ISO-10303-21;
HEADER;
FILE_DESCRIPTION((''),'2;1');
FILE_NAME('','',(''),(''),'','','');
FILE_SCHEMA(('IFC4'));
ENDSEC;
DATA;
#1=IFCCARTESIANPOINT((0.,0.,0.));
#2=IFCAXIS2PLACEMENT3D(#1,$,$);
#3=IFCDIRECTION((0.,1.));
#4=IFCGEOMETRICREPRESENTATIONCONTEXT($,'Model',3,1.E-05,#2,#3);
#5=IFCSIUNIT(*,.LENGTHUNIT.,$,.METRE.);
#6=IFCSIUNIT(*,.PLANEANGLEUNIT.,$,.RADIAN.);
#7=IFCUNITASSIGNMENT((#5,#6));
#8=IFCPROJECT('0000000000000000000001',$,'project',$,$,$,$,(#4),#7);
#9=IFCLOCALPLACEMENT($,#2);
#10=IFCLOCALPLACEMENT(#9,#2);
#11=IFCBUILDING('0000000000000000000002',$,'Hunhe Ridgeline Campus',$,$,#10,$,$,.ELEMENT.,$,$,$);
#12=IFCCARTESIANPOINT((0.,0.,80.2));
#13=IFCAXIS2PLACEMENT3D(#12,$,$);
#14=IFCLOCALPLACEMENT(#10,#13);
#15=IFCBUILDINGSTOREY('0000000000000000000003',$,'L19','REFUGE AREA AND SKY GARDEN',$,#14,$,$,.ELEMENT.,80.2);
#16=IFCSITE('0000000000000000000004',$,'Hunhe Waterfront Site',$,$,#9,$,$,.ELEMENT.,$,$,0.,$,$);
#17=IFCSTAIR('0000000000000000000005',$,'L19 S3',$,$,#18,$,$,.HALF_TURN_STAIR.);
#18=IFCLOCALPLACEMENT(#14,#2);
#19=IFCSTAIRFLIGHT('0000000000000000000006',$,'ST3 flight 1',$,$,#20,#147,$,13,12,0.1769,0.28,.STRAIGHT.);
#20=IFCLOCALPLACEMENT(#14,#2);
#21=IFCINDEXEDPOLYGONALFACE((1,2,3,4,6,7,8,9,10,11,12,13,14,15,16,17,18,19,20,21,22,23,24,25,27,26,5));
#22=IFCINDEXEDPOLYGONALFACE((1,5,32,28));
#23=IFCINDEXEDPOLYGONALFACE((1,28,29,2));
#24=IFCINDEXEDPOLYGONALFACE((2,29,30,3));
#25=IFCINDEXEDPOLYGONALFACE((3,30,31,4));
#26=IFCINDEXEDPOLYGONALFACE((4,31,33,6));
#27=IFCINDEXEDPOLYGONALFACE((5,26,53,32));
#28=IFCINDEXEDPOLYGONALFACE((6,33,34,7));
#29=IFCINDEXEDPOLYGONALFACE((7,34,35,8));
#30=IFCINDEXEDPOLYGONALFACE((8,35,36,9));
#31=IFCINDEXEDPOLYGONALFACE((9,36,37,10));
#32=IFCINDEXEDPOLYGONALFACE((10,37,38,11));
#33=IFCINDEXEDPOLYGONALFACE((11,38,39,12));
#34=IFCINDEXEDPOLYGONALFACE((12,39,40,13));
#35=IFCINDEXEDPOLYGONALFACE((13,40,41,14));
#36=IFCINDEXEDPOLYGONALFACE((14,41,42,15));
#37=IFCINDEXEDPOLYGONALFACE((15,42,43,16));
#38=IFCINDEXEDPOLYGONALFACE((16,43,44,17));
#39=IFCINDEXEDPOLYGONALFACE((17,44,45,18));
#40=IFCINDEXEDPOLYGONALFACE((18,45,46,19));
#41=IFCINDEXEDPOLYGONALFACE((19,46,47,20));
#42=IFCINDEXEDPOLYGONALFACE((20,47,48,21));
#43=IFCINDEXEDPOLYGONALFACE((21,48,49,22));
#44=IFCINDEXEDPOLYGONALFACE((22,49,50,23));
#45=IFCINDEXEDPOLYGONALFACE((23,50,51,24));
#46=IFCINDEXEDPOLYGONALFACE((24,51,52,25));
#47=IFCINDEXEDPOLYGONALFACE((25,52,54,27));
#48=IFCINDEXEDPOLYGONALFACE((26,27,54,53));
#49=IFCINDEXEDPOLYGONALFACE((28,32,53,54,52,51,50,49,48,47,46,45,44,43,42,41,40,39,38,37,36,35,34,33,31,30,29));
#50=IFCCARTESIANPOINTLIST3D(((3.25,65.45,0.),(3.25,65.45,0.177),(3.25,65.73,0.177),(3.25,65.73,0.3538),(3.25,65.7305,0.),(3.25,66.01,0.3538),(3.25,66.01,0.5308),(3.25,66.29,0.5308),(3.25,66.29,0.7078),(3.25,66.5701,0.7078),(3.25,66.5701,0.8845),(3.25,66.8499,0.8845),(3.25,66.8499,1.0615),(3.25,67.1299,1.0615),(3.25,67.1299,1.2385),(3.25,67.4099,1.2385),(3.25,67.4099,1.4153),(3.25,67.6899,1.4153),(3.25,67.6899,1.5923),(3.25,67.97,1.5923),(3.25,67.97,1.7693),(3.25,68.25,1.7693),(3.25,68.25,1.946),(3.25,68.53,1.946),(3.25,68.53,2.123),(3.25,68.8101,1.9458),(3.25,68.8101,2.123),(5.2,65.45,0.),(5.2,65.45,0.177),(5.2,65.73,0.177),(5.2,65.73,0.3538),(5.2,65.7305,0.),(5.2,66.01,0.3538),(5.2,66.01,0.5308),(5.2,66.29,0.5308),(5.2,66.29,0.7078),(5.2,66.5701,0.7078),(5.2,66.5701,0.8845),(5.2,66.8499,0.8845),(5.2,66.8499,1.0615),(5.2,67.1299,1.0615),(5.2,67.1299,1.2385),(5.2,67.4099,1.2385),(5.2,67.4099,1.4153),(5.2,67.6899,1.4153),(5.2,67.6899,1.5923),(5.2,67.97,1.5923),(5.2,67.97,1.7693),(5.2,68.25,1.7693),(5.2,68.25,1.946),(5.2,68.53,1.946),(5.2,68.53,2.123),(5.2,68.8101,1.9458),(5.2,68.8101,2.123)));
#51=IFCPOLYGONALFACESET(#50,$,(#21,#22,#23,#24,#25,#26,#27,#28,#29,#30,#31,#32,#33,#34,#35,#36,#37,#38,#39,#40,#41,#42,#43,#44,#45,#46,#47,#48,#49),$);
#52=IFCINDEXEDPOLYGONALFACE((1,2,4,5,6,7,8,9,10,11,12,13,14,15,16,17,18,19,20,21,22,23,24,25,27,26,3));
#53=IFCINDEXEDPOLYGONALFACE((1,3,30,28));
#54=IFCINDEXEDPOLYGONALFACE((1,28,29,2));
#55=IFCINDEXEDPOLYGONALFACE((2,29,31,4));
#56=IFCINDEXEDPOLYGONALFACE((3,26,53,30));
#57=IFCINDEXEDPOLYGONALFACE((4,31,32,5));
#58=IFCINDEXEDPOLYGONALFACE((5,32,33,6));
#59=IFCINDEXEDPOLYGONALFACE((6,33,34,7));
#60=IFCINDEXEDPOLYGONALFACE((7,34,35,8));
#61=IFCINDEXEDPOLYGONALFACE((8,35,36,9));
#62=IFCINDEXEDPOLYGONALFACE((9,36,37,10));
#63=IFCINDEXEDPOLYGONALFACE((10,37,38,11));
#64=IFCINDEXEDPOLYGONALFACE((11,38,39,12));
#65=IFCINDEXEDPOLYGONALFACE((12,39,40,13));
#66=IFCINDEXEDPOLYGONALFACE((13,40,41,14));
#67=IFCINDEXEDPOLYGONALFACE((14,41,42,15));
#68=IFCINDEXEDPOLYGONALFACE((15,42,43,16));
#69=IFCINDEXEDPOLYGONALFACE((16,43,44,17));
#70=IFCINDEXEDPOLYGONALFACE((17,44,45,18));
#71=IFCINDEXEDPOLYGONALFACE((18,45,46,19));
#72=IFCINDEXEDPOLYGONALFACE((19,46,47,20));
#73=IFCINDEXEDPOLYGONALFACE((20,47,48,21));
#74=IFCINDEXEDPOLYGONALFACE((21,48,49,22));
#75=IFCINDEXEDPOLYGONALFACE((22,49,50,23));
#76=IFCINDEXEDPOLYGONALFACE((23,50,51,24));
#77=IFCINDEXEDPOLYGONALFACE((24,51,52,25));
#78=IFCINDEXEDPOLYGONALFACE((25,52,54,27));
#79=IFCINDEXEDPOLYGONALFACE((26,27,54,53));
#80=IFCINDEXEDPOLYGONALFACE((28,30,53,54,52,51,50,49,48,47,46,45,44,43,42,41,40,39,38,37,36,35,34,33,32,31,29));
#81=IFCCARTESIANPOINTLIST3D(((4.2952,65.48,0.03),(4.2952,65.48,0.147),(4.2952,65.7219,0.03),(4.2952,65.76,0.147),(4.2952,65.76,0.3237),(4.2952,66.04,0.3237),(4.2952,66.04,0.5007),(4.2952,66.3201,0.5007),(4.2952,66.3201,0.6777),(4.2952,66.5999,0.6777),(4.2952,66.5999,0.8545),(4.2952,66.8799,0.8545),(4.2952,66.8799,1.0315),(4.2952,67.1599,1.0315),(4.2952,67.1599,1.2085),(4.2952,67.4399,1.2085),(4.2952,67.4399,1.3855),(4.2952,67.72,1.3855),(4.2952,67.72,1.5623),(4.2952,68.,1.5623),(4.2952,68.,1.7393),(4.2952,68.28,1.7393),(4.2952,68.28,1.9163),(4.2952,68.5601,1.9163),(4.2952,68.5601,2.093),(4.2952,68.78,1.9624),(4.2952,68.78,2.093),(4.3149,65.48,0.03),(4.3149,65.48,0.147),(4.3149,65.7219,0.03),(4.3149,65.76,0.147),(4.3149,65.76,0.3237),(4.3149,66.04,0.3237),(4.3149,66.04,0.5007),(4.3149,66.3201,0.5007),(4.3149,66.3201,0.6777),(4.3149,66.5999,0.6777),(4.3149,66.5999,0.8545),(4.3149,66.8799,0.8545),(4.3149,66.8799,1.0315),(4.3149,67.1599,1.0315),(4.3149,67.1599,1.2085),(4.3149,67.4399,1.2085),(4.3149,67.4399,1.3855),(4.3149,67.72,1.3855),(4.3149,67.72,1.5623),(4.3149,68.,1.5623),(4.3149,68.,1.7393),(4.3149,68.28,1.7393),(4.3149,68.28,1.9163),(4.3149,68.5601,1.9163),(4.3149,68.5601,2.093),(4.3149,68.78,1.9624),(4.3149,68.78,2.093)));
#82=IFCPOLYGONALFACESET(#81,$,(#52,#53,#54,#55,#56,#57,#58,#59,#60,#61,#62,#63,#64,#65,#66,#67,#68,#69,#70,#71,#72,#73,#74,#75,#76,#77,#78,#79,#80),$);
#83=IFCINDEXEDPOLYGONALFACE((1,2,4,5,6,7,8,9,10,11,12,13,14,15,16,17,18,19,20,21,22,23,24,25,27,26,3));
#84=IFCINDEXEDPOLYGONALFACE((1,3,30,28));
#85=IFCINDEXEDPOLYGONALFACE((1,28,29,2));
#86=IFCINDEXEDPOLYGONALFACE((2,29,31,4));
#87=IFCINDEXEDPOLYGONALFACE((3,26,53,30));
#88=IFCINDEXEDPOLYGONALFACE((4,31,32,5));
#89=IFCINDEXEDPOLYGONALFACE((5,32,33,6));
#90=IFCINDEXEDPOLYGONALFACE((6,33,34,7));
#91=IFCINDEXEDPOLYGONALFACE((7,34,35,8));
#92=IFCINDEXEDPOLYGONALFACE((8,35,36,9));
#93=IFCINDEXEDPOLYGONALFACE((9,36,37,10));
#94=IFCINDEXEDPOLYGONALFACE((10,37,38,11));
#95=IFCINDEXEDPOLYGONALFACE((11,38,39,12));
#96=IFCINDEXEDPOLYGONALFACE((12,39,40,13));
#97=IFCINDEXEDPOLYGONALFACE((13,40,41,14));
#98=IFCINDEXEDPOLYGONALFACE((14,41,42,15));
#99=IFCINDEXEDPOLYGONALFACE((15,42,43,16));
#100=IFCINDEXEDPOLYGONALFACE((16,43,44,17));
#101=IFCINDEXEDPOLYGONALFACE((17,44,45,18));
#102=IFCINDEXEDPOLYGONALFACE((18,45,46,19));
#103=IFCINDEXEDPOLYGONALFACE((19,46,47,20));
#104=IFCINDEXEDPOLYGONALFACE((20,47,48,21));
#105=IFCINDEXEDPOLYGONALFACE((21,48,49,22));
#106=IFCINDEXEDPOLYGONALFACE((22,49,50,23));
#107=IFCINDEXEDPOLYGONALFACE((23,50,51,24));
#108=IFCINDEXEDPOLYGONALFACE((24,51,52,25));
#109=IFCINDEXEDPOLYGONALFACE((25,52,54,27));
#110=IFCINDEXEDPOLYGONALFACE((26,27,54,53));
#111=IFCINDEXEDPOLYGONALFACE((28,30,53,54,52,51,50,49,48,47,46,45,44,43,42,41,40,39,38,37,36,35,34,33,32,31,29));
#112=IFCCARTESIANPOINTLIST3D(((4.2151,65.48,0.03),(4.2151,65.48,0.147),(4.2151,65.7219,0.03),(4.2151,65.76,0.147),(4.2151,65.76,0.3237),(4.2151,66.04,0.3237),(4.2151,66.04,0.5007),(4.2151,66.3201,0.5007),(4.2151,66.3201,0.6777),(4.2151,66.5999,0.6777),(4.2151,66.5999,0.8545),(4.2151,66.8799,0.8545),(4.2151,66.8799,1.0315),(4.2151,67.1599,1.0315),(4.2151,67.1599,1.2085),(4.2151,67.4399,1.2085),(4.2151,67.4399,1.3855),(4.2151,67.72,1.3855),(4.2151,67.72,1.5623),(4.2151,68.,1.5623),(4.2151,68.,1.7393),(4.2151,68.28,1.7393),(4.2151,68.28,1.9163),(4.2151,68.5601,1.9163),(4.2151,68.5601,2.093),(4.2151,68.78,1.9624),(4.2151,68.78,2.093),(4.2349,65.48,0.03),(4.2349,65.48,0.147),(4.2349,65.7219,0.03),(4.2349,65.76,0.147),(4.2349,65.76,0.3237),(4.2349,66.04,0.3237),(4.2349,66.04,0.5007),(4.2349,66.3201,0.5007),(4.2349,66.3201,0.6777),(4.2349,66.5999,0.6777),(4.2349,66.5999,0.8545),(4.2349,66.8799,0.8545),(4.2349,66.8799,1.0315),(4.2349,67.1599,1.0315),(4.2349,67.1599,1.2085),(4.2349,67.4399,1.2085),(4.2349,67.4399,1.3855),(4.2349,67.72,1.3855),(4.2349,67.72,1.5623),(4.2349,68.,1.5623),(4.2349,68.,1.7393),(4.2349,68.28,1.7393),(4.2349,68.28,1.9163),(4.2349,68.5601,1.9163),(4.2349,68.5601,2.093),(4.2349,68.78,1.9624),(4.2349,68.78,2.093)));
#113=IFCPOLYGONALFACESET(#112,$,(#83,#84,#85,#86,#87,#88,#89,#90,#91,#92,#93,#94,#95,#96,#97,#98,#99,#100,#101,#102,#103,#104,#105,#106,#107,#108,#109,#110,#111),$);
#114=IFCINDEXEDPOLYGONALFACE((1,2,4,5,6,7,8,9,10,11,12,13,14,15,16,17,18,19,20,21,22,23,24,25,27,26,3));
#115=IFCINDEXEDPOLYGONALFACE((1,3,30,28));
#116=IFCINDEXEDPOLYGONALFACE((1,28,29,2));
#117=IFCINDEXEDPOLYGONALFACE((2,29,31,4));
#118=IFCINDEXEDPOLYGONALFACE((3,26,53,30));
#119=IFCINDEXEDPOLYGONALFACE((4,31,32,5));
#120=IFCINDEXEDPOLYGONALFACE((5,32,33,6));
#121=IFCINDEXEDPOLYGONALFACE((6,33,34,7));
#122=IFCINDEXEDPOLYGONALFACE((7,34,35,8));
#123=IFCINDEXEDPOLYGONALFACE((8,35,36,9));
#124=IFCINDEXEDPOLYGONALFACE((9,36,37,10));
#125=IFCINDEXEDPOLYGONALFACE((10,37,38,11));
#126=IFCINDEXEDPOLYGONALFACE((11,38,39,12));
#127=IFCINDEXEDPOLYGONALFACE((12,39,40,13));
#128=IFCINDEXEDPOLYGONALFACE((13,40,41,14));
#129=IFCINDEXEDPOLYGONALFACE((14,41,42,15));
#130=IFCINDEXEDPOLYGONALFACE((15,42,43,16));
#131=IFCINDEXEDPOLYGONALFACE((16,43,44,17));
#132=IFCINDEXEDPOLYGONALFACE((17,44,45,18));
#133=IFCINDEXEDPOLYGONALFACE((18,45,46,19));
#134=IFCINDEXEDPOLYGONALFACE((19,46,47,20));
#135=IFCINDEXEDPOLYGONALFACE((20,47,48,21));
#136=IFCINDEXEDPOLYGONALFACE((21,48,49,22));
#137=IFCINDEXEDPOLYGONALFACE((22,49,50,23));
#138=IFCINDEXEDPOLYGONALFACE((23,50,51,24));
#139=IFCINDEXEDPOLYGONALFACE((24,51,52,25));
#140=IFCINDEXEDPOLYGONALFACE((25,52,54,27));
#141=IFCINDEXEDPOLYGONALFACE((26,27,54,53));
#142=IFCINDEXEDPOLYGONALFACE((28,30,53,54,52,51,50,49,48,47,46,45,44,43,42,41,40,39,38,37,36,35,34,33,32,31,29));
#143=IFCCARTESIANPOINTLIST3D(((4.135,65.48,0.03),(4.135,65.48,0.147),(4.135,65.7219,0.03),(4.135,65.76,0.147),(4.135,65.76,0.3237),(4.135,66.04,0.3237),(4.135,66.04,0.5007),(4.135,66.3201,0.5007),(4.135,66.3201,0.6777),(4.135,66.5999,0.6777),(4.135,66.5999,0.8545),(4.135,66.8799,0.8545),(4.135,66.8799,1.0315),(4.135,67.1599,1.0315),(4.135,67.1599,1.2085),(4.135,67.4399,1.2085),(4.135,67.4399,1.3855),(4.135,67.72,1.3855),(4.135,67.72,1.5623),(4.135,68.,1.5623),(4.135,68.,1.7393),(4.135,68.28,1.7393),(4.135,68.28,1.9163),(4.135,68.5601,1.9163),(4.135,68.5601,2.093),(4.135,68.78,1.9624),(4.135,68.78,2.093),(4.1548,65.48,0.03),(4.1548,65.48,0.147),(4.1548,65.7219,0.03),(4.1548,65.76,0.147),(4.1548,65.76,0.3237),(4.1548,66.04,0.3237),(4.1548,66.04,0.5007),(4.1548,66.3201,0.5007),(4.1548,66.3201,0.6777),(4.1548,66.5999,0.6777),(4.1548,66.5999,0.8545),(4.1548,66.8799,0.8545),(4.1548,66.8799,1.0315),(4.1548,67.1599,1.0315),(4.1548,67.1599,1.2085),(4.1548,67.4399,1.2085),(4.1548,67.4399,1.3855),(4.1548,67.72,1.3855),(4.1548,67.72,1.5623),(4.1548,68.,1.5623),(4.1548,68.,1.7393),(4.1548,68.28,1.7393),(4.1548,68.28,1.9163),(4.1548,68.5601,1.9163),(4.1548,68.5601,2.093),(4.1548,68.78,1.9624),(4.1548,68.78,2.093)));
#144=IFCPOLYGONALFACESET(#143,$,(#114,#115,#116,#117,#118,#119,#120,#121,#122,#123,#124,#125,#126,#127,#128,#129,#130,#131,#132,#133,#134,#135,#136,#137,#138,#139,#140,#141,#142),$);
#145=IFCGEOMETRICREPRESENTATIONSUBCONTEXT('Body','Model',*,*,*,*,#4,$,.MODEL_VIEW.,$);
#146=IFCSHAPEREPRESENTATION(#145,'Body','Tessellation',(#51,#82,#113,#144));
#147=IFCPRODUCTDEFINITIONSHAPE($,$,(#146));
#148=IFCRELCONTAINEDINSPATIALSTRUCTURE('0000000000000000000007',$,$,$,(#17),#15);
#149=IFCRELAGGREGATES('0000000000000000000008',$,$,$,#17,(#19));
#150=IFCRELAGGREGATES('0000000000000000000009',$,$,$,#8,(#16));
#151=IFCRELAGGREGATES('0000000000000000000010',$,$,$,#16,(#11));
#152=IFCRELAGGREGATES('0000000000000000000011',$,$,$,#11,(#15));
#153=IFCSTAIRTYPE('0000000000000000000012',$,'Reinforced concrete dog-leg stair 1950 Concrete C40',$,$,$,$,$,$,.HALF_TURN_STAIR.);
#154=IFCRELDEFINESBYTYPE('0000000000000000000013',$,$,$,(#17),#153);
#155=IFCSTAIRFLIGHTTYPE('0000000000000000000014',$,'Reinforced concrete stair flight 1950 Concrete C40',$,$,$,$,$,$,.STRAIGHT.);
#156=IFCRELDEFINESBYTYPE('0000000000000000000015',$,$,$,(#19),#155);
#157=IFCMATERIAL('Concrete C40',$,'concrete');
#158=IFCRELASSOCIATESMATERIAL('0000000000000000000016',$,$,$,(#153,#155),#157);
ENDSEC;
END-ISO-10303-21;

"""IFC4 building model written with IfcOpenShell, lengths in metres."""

from ifc_helpers import new_model, si_unit, direction, frame, origin, place, context, subcontext, project, spatial, polyline, outline, extrude, material, type_object, element, aggregate, save


model = new_model("IFC4")

# Units and contexts
model_context = context("Model", 3, precision=1e-05, world=origin(), true_north=direction((0.0, 1.0)))
body_context = subcontext(model_context, "Body", "Model", "MODEL_VIEW")
ifc_project = project(units=[si_unit("LENGTHUNIT", "METRE"), si_unit("PLANEANGLEUNIT", "RADIAN")], contexts=[model_context])

# Site, building, storey
site_placement = place(None, origin())
site = spatial("IfcSite", under=ifc_project, at=site_placement, Name="Hunhe Waterfront Site", CompositionType="ELEMENT", RefElevation=0.0)
building_placement = place(site_placement, origin())
building = spatial("IfcBuilding", under=site, at=building_placement, Name="Hunhe Ridgeline Campus", CompositionType="ELEMENT")
storey_placement = place(building_placement, frame((0.0, 0.0, 80.2)))
storey = spatial("IfcBuildingStorey", under=building, at=storey_placement, Name="L19", Description="REFUGE AREA AND SKY GARDEN", CompositionType="ELEMENT", Elevation=80.2)

# Stair, stair flight
ifc_material_1 = material(Name="Concrete C40", Category="concrete")
stair_type = type_object("IfcStairType", Name="Reinforced concrete dog-leg stair 1950 Concrete C40", PredefinedType="HALF_TURN_STAIR", material=ifc_material_1)
stair_1_placement = place(storey_placement, origin())
stair_1 = element("IfcStair", 1, at=stair_1_placement, inside=storey, type_object=stair_type, Name="L19 S3", PredefinedType="HALF_TURN_STAIR")
stair_flight_type = type_object("IfcStairFlightType", Name="Reinforced concrete stair flight 1950 Concrete C40", PredefinedType="STRAIGHT", material=ifc_material_1)
stair_flight_1_placement = place(storey_placement, frame((4.2251, 65.45, 0.0), z_axis=(0.0, 0.0, 1.0), x_axis=(0.0, 1.0, 0.0)))
stair_flight_1 = element("IfcStairFlight", 2, at=stair_flight_1_placement, type_object=stair_flight_type, Name="ST3 flight 1", NumberOfRisers=13, NumberOfTreads=12, PredefinedType="STRAIGHT", RiserHeight=0.1769, TreadLength=0.28, context=body_context, shape_type="SweptSolid", body=[
    extrude(outline(polyline([(0.0, 0.0), (0.0, 0.177), (0.28, 0.177), (0.28, 0.3538), (0.5601, 0.3538), (0.5601, 0.5308), (0.8401, 0.5308), (0.8401, 0.7078), (1.1201, 0.7078), (1.1201, 0.8845), (1.3999, 0.8845), (1.3999, 1.0615), (1.6799, 1.0615), (1.6799, 1.2385), (1.96, 1.2385), (1.96, 1.4153), (2.24, 1.4153), (2.24, 1.5923), (2.52, 1.5923), (2.52, 1.7693), (2.8, 1.7693), (2.8, 1.946), (3.0801, 1.946), (3.0801, 2.123), (3.3601, 2.123), (3.3601, 2.3), (3.3601, 1.9458), (0.2805, 0.0), (0.0, 0.0)])), frame((0.0, 0.9751, 0.0), z_axis=(0.0, -1.0, 0.0), x_axis=(1.0, 0.0, 0.0)), (0.0, 0.0, 1.0), 1.95),
    extrude(outline(polyline([(0.03, 0.03), (0.03, 0.147), (0.3101, 0.147), (0.3101, 0.3237), (0.5901, 0.3237), (0.5901, 0.5007), (0.8701, 0.5007), (0.8701, 0.6777), (1.1499, 0.6777), (1.1499, 0.8545), (1.4299, 0.8545), (1.4299, 1.0315), (1.71, 1.0315), (1.71, 1.2085), (1.99, 1.2085), (1.99, 1.3855), (2.27, 1.3855), (2.27, 1.5623), (2.55, 1.5623), (2.55, 1.7393), (2.8301, 1.7393), (2.8301, 1.9163), (3.1101, 1.9163), (3.1101, 2.093), (3.3301, 2.093), (3.3301, 1.9624), (0.272, 0.03), (0.03, 0.03)])), frame((0.0, -0.0701, 0.0), z_axis=(0.0, -1.0, 0.0), x_axis=(1.0, 0.0, 0.0)), (0.0, 0.0, 1.0), 0.0198),
    extrude(outline(polyline([(0.03, 0.03), (0.03, 0.147), (0.3101, 0.147), (0.3101, 0.3237), (0.5901, 0.3237), (0.5901, 0.5007), (0.8701, 0.5007), (0.8701, 0.6777), (1.1499, 0.6777), (1.1499, 0.8545), (1.4299, 0.8545), (1.4299, 1.0315), (1.71, 1.0315), (1.71, 1.2085), (1.99, 1.2085), (1.99, 1.3855), (2.27, 1.3855), (2.27, 1.5623), (2.55, 1.5623), (2.55, 1.7393), (2.8301, 1.7393), (2.8301, 1.9163), (3.1101, 1.9163), (3.1101, 2.093), (3.3301, 2.093), (3.3301, 1.9624), (0.272, 0.03), (0.03, 0.03)])), frame((0.0, 0.01, 0.0), z_axis=(0.0, -1.0, 0.0), x_axis=(1.0, 0.0, 0.0)), (0.0, 0.0, 1.0), 0.0198),
    extrude(outline(polyline([(0.03, 0.03), (0.03, 0.147), (0.3101, 0.147), (0.3101, 0.3237), (0.5901, 0.3237), (0.5901, 0.5007), (0.8701, 0.5007), (0.8701, 0.6777), (1.1499, 0.6777), (1.1499, 0.8545), (1.4299, 0.8545), (1.4299, 1.0315), (1.71, 1.0315), (1.71, 1.2085), (1.99, 1.2085), (1.99, 1.3855), (2.27, 1.3855), (2.27, 1.5623), (2.55, 1.5623), (2.55, 1.7393), (2.8301, 1.7393), (2.8301, 1.9163), (3.1101, 1.9163), (3.1101, 2.093), (3.3301, 2.093), (3.3301, 1.9624), (0.272, 0.03), (0.03, 0.03)])), frame((0.0, 0.0901, 0.0), z_axis=(0.0, -1.0, 0.0), x_axis=(1.0, 0.0, 0.0)), (0.0, 0.0, 1.0), 0.0198),
])
aggregate(stair_1, [stair_flight_1])

save(model, "model.ifc")
